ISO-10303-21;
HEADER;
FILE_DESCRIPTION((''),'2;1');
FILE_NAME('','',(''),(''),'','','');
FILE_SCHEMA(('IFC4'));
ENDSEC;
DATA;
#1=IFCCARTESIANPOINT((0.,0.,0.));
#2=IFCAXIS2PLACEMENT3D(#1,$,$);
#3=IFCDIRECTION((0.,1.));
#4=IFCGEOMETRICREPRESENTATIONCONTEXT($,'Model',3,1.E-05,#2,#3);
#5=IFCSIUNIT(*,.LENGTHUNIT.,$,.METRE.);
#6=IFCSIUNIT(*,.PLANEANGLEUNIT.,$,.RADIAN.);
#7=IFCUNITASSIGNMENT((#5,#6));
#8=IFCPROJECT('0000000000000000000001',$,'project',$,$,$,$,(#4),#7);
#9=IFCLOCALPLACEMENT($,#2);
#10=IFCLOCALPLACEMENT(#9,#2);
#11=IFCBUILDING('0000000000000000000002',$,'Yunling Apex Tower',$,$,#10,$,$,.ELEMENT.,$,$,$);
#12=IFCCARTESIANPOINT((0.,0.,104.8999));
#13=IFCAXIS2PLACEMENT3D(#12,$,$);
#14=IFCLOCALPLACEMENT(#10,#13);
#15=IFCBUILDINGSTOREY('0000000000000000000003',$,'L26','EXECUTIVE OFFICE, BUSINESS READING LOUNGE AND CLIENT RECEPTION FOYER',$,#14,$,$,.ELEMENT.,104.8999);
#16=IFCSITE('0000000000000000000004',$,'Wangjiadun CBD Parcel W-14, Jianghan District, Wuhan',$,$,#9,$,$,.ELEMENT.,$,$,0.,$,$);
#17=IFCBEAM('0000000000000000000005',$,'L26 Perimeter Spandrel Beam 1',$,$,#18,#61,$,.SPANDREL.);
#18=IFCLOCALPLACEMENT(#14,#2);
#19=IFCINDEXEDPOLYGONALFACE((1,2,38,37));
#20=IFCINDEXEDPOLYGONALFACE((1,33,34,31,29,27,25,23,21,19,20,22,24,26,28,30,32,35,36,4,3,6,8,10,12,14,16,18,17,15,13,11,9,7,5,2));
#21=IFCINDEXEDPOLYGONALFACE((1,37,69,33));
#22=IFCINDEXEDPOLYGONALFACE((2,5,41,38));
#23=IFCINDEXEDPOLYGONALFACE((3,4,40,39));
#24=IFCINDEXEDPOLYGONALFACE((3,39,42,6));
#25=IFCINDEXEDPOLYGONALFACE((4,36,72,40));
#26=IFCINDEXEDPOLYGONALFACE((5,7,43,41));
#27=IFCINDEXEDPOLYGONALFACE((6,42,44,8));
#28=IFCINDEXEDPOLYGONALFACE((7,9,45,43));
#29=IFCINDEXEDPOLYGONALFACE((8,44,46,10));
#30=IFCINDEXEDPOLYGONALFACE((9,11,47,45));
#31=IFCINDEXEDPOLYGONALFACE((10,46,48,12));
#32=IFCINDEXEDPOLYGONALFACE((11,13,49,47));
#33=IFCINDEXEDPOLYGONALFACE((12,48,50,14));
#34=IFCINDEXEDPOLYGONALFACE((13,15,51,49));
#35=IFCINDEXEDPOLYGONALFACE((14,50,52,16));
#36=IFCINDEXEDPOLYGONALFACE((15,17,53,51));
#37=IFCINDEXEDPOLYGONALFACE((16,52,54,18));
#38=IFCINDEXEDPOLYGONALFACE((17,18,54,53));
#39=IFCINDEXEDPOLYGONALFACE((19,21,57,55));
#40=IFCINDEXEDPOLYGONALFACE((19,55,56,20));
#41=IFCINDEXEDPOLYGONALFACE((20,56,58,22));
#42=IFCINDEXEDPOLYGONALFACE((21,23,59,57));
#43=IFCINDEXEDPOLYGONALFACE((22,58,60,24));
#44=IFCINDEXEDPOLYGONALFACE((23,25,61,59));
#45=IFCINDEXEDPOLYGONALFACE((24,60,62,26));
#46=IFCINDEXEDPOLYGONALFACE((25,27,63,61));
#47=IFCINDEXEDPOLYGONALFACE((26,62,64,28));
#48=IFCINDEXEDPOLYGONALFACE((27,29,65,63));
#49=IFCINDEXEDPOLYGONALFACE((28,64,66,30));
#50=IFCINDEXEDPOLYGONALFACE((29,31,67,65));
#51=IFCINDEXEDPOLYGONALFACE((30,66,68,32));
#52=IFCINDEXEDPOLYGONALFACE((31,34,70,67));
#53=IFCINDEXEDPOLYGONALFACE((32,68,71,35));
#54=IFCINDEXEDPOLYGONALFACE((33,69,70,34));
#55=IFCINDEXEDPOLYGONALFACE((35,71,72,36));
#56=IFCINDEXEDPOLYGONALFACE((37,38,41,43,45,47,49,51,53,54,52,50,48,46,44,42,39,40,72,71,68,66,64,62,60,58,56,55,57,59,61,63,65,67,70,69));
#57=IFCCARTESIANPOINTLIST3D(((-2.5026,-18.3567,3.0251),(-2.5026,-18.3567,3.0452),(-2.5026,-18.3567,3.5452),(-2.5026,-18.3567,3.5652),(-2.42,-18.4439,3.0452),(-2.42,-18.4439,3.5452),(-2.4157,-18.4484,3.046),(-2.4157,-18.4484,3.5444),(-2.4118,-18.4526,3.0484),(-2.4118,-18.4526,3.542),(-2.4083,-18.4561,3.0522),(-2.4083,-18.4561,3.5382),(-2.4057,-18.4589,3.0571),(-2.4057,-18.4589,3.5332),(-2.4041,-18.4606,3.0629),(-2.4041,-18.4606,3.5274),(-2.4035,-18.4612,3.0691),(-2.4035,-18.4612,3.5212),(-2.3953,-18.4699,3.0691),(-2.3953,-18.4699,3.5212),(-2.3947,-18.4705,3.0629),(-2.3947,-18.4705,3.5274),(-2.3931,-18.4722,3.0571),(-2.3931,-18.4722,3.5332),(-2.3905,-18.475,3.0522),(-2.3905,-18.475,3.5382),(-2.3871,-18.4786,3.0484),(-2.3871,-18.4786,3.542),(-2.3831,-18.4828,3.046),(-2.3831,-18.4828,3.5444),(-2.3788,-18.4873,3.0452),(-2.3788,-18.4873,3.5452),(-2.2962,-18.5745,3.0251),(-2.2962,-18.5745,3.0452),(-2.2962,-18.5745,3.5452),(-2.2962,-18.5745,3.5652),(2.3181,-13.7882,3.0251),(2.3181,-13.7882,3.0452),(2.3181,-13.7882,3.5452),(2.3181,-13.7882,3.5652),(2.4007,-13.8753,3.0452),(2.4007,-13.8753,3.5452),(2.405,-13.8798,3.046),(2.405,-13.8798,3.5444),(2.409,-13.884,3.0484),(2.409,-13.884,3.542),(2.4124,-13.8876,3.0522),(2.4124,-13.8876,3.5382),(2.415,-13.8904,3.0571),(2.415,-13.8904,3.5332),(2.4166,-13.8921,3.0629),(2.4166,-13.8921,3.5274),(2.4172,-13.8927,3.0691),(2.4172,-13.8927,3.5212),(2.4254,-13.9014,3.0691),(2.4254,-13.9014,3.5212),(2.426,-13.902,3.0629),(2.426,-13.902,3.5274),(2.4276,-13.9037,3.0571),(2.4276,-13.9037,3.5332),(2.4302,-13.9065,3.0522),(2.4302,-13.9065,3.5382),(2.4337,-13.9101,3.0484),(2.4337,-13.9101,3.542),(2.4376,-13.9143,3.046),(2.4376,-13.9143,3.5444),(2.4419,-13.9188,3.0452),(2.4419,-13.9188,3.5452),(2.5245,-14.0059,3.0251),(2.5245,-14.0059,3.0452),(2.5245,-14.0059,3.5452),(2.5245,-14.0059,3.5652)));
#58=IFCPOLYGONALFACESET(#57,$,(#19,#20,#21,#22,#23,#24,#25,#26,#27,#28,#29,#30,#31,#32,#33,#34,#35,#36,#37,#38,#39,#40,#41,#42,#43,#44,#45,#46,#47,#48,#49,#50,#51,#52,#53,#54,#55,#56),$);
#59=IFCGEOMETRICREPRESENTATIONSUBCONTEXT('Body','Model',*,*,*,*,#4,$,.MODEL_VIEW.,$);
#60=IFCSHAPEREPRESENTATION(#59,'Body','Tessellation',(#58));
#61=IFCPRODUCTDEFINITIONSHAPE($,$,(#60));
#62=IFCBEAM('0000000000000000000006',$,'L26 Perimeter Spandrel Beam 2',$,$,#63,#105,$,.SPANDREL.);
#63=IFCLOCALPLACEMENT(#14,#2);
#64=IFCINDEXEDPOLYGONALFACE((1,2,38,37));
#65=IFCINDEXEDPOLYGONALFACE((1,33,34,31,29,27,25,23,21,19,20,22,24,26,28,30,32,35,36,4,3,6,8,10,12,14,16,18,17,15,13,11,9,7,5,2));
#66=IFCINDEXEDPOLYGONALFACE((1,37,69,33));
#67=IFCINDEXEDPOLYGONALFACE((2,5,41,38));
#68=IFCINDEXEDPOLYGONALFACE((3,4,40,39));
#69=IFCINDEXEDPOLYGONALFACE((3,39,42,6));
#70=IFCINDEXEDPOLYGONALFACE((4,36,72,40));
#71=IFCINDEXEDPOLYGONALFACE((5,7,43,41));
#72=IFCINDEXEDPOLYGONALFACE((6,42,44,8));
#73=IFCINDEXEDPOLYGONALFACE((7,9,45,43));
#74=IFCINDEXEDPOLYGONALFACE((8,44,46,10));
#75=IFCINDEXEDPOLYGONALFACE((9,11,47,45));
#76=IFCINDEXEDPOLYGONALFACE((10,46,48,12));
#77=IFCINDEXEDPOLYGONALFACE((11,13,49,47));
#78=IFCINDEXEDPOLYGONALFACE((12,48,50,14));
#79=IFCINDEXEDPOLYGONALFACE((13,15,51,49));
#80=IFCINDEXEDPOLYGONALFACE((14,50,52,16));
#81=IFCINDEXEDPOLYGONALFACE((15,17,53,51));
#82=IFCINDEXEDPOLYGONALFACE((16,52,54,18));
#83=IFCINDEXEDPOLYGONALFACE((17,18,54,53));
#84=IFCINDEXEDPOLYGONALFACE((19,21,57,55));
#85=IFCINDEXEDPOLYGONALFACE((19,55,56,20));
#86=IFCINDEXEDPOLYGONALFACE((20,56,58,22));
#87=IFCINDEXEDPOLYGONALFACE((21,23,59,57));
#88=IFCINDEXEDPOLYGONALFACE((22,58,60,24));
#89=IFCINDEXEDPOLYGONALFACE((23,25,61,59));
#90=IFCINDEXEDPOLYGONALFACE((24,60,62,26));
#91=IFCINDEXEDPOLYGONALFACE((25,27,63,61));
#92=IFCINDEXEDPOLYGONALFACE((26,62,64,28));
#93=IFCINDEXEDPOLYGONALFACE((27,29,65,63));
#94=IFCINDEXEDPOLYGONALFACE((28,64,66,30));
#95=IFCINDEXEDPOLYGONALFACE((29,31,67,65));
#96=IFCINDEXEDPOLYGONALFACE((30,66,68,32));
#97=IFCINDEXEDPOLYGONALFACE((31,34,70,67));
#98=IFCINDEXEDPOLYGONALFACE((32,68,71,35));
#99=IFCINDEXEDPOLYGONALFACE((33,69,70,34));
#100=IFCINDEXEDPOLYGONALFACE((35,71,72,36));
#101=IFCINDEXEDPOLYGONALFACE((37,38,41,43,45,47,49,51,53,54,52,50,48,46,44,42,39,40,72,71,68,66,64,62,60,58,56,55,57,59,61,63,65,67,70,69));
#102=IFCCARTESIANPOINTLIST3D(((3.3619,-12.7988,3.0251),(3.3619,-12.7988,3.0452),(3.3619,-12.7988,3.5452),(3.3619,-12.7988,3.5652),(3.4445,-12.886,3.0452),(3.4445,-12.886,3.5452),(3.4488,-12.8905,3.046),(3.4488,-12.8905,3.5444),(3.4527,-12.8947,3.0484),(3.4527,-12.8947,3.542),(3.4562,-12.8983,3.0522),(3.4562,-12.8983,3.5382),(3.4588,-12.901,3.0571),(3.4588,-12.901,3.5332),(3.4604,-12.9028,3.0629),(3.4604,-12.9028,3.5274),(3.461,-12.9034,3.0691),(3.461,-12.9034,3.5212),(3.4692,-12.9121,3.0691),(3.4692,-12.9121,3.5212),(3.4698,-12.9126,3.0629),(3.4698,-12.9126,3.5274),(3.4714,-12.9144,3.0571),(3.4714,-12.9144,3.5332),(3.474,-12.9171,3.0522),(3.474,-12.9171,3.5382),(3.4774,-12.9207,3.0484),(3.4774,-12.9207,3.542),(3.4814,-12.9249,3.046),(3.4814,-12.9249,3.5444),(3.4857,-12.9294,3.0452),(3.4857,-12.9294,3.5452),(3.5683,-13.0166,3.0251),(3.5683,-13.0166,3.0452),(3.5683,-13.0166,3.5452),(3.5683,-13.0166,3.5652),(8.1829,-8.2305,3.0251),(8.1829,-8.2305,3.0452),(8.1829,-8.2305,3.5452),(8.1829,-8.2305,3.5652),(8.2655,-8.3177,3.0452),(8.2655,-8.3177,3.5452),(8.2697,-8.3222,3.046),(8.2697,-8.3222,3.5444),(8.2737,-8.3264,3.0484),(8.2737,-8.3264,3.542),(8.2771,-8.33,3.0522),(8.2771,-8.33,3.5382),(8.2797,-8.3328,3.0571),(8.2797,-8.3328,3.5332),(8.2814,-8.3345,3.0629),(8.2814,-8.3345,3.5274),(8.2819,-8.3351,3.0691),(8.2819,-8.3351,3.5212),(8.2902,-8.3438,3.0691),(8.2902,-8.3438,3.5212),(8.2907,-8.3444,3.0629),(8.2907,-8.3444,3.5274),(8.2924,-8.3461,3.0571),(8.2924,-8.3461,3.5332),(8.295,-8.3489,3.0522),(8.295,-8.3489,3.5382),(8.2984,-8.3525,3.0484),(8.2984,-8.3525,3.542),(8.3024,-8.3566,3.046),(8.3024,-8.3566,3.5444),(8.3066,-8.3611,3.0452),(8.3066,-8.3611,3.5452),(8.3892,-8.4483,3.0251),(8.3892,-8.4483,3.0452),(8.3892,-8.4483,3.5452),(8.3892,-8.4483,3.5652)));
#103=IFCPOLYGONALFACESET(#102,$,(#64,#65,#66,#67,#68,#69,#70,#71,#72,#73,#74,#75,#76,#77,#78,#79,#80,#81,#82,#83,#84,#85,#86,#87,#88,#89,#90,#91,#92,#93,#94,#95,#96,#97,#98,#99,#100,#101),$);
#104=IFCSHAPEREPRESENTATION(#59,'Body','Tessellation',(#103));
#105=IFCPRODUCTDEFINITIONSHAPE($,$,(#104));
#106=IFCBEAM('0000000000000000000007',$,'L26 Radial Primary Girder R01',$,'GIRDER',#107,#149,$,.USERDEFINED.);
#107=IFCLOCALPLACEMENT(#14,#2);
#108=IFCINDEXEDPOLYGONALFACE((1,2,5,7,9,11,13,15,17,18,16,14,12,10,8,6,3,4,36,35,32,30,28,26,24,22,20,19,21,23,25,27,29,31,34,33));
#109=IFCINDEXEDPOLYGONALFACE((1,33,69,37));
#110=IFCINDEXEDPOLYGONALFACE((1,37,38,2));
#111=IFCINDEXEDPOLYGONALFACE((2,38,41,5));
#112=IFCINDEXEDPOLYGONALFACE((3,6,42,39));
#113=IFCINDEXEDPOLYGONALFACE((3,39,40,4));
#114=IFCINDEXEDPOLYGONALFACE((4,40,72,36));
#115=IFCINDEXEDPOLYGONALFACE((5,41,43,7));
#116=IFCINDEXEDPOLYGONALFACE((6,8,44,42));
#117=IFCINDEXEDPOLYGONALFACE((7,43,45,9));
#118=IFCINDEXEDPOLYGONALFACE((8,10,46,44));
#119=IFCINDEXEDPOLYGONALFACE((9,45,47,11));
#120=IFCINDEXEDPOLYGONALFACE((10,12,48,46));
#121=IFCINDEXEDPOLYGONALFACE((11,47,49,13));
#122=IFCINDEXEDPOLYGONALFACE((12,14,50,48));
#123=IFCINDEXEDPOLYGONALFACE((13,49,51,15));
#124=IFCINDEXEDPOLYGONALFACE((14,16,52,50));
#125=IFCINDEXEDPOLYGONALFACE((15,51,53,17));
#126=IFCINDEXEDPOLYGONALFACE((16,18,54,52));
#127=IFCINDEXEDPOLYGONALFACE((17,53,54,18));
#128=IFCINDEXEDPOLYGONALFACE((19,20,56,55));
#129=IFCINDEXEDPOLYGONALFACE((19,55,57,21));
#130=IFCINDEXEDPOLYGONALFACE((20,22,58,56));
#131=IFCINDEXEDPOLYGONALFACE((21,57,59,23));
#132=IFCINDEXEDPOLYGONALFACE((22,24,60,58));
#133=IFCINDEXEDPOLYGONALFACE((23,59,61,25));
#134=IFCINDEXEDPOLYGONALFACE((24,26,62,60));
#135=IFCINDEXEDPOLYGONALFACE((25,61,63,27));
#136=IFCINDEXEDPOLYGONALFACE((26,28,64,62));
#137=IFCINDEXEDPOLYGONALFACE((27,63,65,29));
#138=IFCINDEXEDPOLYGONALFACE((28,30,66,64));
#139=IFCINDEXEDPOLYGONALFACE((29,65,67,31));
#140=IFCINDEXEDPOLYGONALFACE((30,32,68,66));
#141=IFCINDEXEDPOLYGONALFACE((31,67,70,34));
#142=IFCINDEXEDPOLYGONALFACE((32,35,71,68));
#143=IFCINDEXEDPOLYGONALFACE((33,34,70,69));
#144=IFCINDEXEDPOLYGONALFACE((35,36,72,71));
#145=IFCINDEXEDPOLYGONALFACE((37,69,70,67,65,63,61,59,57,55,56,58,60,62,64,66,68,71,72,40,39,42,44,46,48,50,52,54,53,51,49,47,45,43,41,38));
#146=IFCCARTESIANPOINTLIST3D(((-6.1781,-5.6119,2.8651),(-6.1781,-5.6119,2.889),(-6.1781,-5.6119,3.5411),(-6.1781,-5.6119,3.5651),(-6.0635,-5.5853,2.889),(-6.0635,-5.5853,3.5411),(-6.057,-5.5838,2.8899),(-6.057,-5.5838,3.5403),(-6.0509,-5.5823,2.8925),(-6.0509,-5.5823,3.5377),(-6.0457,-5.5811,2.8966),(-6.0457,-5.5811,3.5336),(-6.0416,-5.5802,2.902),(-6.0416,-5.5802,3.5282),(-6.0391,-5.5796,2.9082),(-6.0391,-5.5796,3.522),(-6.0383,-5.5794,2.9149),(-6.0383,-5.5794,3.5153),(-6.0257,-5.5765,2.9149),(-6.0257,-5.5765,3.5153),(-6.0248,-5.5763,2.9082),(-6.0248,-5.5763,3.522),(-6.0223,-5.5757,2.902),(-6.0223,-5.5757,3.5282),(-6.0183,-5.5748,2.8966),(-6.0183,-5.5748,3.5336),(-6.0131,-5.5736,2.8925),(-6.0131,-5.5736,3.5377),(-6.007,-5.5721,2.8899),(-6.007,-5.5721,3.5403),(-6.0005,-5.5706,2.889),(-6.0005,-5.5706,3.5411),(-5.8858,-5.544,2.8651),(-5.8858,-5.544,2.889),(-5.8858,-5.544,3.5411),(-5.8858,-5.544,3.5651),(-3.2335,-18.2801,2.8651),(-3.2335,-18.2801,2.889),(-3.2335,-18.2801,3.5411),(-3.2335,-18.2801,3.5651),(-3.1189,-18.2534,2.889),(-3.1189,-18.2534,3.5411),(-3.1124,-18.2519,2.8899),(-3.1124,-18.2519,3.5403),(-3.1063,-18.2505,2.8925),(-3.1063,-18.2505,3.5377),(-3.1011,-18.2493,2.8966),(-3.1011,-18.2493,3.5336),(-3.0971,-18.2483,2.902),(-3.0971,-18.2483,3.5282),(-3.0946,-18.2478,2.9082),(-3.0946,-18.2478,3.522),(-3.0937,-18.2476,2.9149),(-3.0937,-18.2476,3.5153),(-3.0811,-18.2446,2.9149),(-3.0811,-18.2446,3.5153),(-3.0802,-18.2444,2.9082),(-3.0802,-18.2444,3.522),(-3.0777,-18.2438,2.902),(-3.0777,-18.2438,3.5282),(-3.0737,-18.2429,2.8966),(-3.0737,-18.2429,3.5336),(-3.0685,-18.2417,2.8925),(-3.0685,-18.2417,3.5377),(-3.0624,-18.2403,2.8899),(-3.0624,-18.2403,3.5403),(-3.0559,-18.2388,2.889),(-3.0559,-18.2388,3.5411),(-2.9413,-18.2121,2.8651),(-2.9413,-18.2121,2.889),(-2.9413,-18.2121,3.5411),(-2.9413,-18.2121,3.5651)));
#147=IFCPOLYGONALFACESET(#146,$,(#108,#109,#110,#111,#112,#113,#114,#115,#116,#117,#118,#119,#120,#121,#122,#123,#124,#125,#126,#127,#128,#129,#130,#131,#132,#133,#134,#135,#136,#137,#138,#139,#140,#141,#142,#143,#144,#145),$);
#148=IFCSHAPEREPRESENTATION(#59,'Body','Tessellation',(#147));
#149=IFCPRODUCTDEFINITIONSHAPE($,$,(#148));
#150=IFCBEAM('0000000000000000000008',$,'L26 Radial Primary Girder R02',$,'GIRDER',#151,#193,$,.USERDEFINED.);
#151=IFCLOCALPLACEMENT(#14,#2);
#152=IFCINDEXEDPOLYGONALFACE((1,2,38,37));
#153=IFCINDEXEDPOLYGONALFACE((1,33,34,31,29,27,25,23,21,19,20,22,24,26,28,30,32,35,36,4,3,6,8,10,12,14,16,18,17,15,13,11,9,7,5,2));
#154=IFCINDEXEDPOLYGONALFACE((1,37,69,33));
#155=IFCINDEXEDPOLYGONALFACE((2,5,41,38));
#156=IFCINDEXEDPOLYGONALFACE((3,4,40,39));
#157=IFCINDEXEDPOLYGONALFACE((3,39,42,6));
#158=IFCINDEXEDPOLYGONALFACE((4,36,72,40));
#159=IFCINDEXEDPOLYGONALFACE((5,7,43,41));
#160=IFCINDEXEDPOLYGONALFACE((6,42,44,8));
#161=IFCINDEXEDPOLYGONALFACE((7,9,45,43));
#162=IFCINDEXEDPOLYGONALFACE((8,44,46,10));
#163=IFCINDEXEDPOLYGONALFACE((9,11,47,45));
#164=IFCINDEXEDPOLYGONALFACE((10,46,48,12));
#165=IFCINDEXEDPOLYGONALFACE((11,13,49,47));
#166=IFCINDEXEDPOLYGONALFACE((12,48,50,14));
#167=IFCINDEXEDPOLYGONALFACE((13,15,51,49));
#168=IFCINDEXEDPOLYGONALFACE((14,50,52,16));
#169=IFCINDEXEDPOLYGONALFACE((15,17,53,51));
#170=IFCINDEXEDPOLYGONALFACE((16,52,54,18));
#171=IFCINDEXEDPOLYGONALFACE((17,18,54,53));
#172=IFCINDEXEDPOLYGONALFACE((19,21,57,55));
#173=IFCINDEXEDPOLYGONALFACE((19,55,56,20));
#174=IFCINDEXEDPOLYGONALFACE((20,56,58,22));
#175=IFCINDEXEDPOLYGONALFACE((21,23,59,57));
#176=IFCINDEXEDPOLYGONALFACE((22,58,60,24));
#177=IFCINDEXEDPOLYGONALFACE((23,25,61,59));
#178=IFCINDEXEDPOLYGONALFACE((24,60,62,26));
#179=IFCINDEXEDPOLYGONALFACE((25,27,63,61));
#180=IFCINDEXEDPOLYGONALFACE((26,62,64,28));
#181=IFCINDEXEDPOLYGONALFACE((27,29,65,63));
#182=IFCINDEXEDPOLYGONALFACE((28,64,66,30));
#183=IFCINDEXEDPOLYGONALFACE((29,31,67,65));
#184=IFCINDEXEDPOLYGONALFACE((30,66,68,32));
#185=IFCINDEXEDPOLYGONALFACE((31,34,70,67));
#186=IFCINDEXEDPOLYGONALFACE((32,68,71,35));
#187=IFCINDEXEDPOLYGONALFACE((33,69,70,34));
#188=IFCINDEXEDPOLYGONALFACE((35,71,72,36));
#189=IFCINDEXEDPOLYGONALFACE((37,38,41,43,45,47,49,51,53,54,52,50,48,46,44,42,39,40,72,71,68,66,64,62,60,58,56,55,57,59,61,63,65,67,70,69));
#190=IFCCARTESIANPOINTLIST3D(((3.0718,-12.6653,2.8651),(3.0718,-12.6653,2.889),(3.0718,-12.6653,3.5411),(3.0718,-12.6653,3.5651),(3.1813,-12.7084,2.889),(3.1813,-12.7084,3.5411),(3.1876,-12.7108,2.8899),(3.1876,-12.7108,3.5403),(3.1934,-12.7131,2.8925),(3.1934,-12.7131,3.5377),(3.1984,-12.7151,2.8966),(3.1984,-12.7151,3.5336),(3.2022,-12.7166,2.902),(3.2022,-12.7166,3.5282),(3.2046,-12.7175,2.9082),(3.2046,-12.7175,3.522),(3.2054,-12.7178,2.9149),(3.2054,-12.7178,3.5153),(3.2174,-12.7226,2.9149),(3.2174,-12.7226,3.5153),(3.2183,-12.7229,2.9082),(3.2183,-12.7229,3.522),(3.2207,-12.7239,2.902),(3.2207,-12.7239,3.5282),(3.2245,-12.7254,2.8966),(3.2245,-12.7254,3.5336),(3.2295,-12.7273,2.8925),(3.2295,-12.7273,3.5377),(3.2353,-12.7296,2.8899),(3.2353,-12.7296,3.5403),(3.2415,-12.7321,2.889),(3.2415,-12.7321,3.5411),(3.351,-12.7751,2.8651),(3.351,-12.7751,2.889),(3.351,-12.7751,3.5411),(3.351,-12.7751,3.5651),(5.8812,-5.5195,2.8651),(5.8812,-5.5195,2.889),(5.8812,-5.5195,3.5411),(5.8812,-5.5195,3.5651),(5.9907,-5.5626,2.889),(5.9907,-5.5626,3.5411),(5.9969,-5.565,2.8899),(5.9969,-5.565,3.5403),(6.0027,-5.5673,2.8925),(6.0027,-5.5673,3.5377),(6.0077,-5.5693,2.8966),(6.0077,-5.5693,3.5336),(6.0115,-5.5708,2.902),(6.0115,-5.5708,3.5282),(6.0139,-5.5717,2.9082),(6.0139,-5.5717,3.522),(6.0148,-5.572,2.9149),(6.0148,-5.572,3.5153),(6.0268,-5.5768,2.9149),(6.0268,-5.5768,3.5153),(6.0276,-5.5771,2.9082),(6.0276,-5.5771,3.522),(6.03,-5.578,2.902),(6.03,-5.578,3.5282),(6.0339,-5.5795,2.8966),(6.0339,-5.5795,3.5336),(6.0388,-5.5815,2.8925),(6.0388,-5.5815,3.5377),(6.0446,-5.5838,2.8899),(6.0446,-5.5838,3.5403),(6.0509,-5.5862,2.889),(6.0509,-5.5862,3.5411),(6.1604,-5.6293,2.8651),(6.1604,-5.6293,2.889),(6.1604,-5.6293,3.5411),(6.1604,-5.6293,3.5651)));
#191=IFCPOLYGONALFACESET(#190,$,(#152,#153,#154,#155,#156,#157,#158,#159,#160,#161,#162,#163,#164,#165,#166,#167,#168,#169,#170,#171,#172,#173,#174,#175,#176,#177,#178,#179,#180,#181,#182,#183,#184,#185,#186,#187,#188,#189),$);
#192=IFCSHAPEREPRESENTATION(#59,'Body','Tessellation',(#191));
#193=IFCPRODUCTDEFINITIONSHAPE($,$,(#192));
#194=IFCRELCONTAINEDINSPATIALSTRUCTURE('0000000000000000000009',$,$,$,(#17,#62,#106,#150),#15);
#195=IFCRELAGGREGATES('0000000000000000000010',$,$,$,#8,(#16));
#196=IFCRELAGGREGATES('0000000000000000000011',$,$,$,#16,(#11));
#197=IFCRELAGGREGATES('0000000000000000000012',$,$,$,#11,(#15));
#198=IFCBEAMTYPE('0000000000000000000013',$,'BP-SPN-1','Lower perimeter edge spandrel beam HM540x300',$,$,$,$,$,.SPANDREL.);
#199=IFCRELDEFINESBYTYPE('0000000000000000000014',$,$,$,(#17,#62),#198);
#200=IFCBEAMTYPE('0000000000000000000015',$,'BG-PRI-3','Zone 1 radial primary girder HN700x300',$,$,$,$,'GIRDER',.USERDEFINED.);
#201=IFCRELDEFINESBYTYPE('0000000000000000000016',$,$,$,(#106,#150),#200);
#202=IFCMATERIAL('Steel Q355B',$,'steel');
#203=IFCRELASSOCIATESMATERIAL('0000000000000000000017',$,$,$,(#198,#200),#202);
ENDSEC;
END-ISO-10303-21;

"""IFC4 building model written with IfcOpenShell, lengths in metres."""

from ifc_helpers import new_model, si_unit, direction, frame, origin, origin_2d, place, context, subcontext, project, spatial, i_section, extrude, source, transform, mapped, material, material_profile, profile_set, type_object, element, save


model = new_model("IFC4")

# Units and contexts
model_context = context("Model", 3, precision=1e-05, world=origin(), true_north=direction((0.0, 1.0)))
body_context = subcontext(model_context, "Body", "Model", "MODEL_VIEW")
ifc_project = project(units=[si_unit("LENGTHUNIT", "METRE"), si_unit("PLANEANGLEUNIT", "RADIAN")], contexts=[model_context])

# Site, building, storey
site_placement = place(None, origin())
site = spatial("IfcSite", under=ifc_project, at=site_placement, Name="Wangjiadun CBD Parcel W-14, Jianghan District, Wuhan", CompositionType="ELEMENT", RefElevation=0.0)
building_placement = place(site_placement, origin())
building = spatial("IfcBuilding", under=site, at=building_placement, Name="Yunling Apex Tower", CompositionType="ELEMENT")
storey_placement = place(building_placement, frame((0.0, 0.0, 104.8999)))
storey = spatial("IfcBuildingStorey", under=building, at=storey_placement, Name="L26", Description="EXECUTIVE OFFICE, BUSINESS READING LOUNGE AND CLIENT RECEPTION FOYER", CompositionType="ELEMENT", Elevation=104.8999)

# Beams
ifc_material_1 = material(Name="Steel Q355B", Category="steel")
ifc_material_profile_1 = material_profile(ifc_material_1, i_section(OverallWidth=0.3, OverallDepth=0.54, WebThickness=0.012, FlangeThickness=0.02, FilletRadius=0.0239, at=origin_2d()))
ifc_profile_set_1 = profile_set([ifc_material_profile_1], Name="Steel Q355B")
beam_type_1 = type_object("IfcBeamType", Name="BP-SPN-1", Description="Lower perimeter edge spandrel beam HM540x300", PredefinedType="SPANDREL", material=ifc_profile_set_1)
shared_shape_1 = source(origin(), body_context, "Body", "SweptSolid", [
    extrude(i_section(OverallWidth=0.3, OverallDepth=0.54, WebThickness=0.012, FlangeThickness=0.02, FilletRadius=0.0239, at=origin_2d()), origin(), (0.0, 0.0, 1.0), 6.6416),
])
for number, where, z_axis, x_axis, name in (
    (1, (-2.3994, -18.4656, 3.2952), (0.725838, 0.687866, 0.0), (-0.687866, 0.725838, 0.0), "L26 Perimeter Spandrel Beam 1"),
    (2, (3.4651, -12.9077, 3.2952), (0.725873, 0.687828, 0.0), (-0.687828, 0.725873, 0.0), "L26 Perimeter Spandrel Beam 2"),
):
    element("IfcBeam", number, at=place(storey_placement, frame(where, z_axis=z_axis, x_axis=x_axis)), inside=storey, type_object=beam_type_1, Name=name, PredefinedType="SPANDREL", context=body_context, shape_type="MappedRepresentation", body=[
        mapped(shared_shape_1, transform((0.0, 0.0, 0.0), scale=1.0)),
    ])
ifc_material_profile_2 = material_profile(ifc_material_1, i_section(OverallWidth=0.3, OverallDepth=0.7, WebThickness=0.0129, FlangeThickness=0.0239, FilletRadius=0.0259, at=origin_2d()))
ifc_profile_set_2 = profile_set([ifc_material_profile_2], Name="Steel Q355B")
beam_type_2 = type_object("IfcBeamType", Name="BG-PRI-3", Description="Zone 1 radial primary girder HN700x300", ElementType="GIRDER", PredefinedType="USERDEFINED", material=ifc_profile_set_2)
shared_shape_2 = source(origin(), body_context, "Body", "SweptSolid", [
    extrude(i_section(OverallWidth=0.3, OverallDepth=0.7, WebThickness=0.0129, FlangeThickness=0.0239, FilletRadius=0.0259, at=origin_2d()), origin(), (0.0, 0.0, 1.0), 13.0059),
])
beam_1_placement = place(storey_placement, frame((-3.0874, -18.2461, 3.2151), z_axis=(-0.226403, 0.974034, 0.0), x_axis=(-0.974034, -0.226403, 0.0)))
element("IfcBeam", 3, at=beam_1_placement, inside=storey, type_object=beam_type_2, Name="L26 Radial Primary Girder R01", ObjectType="GIRDER", PredefinedType="USERDEFINED", context=body_context, shape_type="MappedRepresentation", body=[
    mapped(shared_shape_2, transform((0.0, 0.0, 0.0), scale=1.0)),
])
shared_shape_3 = source(origin(), body_context, "Body", "SweptSolid", [
    extrude(i_section(OverallWidth=0.3, OverallDepth=0.7, WebThickness=0.0129, FlangeThickness=0.0239, FilletRadius=0.0259, at=origin_2d()), origin(), (0.0, 0.0, 1.0), 7.6782),
])
beam_2_placement = place(storey_placement, frame((3.2114, -12.7202, 3.2151), z_axis=(0.365886, 0.93066, 0.0), x_axis=(-0.93066, 0.365886, 0.0)))
element("IfcBeam", 4, at=beam_2_placement, inside=storey, type_object=beam_type_2, Name="L26 Radial Primary Girder R02", ObjectType="GIRDER", PredefinedType="USERDEFINED", context=body_context, shape_type="MappedRepresentation", body=[
    mapped(shared_shape_3, transform((0.0, 0.0, 0.0), scale=1.0)),
])

save(model, "model.ifc")
